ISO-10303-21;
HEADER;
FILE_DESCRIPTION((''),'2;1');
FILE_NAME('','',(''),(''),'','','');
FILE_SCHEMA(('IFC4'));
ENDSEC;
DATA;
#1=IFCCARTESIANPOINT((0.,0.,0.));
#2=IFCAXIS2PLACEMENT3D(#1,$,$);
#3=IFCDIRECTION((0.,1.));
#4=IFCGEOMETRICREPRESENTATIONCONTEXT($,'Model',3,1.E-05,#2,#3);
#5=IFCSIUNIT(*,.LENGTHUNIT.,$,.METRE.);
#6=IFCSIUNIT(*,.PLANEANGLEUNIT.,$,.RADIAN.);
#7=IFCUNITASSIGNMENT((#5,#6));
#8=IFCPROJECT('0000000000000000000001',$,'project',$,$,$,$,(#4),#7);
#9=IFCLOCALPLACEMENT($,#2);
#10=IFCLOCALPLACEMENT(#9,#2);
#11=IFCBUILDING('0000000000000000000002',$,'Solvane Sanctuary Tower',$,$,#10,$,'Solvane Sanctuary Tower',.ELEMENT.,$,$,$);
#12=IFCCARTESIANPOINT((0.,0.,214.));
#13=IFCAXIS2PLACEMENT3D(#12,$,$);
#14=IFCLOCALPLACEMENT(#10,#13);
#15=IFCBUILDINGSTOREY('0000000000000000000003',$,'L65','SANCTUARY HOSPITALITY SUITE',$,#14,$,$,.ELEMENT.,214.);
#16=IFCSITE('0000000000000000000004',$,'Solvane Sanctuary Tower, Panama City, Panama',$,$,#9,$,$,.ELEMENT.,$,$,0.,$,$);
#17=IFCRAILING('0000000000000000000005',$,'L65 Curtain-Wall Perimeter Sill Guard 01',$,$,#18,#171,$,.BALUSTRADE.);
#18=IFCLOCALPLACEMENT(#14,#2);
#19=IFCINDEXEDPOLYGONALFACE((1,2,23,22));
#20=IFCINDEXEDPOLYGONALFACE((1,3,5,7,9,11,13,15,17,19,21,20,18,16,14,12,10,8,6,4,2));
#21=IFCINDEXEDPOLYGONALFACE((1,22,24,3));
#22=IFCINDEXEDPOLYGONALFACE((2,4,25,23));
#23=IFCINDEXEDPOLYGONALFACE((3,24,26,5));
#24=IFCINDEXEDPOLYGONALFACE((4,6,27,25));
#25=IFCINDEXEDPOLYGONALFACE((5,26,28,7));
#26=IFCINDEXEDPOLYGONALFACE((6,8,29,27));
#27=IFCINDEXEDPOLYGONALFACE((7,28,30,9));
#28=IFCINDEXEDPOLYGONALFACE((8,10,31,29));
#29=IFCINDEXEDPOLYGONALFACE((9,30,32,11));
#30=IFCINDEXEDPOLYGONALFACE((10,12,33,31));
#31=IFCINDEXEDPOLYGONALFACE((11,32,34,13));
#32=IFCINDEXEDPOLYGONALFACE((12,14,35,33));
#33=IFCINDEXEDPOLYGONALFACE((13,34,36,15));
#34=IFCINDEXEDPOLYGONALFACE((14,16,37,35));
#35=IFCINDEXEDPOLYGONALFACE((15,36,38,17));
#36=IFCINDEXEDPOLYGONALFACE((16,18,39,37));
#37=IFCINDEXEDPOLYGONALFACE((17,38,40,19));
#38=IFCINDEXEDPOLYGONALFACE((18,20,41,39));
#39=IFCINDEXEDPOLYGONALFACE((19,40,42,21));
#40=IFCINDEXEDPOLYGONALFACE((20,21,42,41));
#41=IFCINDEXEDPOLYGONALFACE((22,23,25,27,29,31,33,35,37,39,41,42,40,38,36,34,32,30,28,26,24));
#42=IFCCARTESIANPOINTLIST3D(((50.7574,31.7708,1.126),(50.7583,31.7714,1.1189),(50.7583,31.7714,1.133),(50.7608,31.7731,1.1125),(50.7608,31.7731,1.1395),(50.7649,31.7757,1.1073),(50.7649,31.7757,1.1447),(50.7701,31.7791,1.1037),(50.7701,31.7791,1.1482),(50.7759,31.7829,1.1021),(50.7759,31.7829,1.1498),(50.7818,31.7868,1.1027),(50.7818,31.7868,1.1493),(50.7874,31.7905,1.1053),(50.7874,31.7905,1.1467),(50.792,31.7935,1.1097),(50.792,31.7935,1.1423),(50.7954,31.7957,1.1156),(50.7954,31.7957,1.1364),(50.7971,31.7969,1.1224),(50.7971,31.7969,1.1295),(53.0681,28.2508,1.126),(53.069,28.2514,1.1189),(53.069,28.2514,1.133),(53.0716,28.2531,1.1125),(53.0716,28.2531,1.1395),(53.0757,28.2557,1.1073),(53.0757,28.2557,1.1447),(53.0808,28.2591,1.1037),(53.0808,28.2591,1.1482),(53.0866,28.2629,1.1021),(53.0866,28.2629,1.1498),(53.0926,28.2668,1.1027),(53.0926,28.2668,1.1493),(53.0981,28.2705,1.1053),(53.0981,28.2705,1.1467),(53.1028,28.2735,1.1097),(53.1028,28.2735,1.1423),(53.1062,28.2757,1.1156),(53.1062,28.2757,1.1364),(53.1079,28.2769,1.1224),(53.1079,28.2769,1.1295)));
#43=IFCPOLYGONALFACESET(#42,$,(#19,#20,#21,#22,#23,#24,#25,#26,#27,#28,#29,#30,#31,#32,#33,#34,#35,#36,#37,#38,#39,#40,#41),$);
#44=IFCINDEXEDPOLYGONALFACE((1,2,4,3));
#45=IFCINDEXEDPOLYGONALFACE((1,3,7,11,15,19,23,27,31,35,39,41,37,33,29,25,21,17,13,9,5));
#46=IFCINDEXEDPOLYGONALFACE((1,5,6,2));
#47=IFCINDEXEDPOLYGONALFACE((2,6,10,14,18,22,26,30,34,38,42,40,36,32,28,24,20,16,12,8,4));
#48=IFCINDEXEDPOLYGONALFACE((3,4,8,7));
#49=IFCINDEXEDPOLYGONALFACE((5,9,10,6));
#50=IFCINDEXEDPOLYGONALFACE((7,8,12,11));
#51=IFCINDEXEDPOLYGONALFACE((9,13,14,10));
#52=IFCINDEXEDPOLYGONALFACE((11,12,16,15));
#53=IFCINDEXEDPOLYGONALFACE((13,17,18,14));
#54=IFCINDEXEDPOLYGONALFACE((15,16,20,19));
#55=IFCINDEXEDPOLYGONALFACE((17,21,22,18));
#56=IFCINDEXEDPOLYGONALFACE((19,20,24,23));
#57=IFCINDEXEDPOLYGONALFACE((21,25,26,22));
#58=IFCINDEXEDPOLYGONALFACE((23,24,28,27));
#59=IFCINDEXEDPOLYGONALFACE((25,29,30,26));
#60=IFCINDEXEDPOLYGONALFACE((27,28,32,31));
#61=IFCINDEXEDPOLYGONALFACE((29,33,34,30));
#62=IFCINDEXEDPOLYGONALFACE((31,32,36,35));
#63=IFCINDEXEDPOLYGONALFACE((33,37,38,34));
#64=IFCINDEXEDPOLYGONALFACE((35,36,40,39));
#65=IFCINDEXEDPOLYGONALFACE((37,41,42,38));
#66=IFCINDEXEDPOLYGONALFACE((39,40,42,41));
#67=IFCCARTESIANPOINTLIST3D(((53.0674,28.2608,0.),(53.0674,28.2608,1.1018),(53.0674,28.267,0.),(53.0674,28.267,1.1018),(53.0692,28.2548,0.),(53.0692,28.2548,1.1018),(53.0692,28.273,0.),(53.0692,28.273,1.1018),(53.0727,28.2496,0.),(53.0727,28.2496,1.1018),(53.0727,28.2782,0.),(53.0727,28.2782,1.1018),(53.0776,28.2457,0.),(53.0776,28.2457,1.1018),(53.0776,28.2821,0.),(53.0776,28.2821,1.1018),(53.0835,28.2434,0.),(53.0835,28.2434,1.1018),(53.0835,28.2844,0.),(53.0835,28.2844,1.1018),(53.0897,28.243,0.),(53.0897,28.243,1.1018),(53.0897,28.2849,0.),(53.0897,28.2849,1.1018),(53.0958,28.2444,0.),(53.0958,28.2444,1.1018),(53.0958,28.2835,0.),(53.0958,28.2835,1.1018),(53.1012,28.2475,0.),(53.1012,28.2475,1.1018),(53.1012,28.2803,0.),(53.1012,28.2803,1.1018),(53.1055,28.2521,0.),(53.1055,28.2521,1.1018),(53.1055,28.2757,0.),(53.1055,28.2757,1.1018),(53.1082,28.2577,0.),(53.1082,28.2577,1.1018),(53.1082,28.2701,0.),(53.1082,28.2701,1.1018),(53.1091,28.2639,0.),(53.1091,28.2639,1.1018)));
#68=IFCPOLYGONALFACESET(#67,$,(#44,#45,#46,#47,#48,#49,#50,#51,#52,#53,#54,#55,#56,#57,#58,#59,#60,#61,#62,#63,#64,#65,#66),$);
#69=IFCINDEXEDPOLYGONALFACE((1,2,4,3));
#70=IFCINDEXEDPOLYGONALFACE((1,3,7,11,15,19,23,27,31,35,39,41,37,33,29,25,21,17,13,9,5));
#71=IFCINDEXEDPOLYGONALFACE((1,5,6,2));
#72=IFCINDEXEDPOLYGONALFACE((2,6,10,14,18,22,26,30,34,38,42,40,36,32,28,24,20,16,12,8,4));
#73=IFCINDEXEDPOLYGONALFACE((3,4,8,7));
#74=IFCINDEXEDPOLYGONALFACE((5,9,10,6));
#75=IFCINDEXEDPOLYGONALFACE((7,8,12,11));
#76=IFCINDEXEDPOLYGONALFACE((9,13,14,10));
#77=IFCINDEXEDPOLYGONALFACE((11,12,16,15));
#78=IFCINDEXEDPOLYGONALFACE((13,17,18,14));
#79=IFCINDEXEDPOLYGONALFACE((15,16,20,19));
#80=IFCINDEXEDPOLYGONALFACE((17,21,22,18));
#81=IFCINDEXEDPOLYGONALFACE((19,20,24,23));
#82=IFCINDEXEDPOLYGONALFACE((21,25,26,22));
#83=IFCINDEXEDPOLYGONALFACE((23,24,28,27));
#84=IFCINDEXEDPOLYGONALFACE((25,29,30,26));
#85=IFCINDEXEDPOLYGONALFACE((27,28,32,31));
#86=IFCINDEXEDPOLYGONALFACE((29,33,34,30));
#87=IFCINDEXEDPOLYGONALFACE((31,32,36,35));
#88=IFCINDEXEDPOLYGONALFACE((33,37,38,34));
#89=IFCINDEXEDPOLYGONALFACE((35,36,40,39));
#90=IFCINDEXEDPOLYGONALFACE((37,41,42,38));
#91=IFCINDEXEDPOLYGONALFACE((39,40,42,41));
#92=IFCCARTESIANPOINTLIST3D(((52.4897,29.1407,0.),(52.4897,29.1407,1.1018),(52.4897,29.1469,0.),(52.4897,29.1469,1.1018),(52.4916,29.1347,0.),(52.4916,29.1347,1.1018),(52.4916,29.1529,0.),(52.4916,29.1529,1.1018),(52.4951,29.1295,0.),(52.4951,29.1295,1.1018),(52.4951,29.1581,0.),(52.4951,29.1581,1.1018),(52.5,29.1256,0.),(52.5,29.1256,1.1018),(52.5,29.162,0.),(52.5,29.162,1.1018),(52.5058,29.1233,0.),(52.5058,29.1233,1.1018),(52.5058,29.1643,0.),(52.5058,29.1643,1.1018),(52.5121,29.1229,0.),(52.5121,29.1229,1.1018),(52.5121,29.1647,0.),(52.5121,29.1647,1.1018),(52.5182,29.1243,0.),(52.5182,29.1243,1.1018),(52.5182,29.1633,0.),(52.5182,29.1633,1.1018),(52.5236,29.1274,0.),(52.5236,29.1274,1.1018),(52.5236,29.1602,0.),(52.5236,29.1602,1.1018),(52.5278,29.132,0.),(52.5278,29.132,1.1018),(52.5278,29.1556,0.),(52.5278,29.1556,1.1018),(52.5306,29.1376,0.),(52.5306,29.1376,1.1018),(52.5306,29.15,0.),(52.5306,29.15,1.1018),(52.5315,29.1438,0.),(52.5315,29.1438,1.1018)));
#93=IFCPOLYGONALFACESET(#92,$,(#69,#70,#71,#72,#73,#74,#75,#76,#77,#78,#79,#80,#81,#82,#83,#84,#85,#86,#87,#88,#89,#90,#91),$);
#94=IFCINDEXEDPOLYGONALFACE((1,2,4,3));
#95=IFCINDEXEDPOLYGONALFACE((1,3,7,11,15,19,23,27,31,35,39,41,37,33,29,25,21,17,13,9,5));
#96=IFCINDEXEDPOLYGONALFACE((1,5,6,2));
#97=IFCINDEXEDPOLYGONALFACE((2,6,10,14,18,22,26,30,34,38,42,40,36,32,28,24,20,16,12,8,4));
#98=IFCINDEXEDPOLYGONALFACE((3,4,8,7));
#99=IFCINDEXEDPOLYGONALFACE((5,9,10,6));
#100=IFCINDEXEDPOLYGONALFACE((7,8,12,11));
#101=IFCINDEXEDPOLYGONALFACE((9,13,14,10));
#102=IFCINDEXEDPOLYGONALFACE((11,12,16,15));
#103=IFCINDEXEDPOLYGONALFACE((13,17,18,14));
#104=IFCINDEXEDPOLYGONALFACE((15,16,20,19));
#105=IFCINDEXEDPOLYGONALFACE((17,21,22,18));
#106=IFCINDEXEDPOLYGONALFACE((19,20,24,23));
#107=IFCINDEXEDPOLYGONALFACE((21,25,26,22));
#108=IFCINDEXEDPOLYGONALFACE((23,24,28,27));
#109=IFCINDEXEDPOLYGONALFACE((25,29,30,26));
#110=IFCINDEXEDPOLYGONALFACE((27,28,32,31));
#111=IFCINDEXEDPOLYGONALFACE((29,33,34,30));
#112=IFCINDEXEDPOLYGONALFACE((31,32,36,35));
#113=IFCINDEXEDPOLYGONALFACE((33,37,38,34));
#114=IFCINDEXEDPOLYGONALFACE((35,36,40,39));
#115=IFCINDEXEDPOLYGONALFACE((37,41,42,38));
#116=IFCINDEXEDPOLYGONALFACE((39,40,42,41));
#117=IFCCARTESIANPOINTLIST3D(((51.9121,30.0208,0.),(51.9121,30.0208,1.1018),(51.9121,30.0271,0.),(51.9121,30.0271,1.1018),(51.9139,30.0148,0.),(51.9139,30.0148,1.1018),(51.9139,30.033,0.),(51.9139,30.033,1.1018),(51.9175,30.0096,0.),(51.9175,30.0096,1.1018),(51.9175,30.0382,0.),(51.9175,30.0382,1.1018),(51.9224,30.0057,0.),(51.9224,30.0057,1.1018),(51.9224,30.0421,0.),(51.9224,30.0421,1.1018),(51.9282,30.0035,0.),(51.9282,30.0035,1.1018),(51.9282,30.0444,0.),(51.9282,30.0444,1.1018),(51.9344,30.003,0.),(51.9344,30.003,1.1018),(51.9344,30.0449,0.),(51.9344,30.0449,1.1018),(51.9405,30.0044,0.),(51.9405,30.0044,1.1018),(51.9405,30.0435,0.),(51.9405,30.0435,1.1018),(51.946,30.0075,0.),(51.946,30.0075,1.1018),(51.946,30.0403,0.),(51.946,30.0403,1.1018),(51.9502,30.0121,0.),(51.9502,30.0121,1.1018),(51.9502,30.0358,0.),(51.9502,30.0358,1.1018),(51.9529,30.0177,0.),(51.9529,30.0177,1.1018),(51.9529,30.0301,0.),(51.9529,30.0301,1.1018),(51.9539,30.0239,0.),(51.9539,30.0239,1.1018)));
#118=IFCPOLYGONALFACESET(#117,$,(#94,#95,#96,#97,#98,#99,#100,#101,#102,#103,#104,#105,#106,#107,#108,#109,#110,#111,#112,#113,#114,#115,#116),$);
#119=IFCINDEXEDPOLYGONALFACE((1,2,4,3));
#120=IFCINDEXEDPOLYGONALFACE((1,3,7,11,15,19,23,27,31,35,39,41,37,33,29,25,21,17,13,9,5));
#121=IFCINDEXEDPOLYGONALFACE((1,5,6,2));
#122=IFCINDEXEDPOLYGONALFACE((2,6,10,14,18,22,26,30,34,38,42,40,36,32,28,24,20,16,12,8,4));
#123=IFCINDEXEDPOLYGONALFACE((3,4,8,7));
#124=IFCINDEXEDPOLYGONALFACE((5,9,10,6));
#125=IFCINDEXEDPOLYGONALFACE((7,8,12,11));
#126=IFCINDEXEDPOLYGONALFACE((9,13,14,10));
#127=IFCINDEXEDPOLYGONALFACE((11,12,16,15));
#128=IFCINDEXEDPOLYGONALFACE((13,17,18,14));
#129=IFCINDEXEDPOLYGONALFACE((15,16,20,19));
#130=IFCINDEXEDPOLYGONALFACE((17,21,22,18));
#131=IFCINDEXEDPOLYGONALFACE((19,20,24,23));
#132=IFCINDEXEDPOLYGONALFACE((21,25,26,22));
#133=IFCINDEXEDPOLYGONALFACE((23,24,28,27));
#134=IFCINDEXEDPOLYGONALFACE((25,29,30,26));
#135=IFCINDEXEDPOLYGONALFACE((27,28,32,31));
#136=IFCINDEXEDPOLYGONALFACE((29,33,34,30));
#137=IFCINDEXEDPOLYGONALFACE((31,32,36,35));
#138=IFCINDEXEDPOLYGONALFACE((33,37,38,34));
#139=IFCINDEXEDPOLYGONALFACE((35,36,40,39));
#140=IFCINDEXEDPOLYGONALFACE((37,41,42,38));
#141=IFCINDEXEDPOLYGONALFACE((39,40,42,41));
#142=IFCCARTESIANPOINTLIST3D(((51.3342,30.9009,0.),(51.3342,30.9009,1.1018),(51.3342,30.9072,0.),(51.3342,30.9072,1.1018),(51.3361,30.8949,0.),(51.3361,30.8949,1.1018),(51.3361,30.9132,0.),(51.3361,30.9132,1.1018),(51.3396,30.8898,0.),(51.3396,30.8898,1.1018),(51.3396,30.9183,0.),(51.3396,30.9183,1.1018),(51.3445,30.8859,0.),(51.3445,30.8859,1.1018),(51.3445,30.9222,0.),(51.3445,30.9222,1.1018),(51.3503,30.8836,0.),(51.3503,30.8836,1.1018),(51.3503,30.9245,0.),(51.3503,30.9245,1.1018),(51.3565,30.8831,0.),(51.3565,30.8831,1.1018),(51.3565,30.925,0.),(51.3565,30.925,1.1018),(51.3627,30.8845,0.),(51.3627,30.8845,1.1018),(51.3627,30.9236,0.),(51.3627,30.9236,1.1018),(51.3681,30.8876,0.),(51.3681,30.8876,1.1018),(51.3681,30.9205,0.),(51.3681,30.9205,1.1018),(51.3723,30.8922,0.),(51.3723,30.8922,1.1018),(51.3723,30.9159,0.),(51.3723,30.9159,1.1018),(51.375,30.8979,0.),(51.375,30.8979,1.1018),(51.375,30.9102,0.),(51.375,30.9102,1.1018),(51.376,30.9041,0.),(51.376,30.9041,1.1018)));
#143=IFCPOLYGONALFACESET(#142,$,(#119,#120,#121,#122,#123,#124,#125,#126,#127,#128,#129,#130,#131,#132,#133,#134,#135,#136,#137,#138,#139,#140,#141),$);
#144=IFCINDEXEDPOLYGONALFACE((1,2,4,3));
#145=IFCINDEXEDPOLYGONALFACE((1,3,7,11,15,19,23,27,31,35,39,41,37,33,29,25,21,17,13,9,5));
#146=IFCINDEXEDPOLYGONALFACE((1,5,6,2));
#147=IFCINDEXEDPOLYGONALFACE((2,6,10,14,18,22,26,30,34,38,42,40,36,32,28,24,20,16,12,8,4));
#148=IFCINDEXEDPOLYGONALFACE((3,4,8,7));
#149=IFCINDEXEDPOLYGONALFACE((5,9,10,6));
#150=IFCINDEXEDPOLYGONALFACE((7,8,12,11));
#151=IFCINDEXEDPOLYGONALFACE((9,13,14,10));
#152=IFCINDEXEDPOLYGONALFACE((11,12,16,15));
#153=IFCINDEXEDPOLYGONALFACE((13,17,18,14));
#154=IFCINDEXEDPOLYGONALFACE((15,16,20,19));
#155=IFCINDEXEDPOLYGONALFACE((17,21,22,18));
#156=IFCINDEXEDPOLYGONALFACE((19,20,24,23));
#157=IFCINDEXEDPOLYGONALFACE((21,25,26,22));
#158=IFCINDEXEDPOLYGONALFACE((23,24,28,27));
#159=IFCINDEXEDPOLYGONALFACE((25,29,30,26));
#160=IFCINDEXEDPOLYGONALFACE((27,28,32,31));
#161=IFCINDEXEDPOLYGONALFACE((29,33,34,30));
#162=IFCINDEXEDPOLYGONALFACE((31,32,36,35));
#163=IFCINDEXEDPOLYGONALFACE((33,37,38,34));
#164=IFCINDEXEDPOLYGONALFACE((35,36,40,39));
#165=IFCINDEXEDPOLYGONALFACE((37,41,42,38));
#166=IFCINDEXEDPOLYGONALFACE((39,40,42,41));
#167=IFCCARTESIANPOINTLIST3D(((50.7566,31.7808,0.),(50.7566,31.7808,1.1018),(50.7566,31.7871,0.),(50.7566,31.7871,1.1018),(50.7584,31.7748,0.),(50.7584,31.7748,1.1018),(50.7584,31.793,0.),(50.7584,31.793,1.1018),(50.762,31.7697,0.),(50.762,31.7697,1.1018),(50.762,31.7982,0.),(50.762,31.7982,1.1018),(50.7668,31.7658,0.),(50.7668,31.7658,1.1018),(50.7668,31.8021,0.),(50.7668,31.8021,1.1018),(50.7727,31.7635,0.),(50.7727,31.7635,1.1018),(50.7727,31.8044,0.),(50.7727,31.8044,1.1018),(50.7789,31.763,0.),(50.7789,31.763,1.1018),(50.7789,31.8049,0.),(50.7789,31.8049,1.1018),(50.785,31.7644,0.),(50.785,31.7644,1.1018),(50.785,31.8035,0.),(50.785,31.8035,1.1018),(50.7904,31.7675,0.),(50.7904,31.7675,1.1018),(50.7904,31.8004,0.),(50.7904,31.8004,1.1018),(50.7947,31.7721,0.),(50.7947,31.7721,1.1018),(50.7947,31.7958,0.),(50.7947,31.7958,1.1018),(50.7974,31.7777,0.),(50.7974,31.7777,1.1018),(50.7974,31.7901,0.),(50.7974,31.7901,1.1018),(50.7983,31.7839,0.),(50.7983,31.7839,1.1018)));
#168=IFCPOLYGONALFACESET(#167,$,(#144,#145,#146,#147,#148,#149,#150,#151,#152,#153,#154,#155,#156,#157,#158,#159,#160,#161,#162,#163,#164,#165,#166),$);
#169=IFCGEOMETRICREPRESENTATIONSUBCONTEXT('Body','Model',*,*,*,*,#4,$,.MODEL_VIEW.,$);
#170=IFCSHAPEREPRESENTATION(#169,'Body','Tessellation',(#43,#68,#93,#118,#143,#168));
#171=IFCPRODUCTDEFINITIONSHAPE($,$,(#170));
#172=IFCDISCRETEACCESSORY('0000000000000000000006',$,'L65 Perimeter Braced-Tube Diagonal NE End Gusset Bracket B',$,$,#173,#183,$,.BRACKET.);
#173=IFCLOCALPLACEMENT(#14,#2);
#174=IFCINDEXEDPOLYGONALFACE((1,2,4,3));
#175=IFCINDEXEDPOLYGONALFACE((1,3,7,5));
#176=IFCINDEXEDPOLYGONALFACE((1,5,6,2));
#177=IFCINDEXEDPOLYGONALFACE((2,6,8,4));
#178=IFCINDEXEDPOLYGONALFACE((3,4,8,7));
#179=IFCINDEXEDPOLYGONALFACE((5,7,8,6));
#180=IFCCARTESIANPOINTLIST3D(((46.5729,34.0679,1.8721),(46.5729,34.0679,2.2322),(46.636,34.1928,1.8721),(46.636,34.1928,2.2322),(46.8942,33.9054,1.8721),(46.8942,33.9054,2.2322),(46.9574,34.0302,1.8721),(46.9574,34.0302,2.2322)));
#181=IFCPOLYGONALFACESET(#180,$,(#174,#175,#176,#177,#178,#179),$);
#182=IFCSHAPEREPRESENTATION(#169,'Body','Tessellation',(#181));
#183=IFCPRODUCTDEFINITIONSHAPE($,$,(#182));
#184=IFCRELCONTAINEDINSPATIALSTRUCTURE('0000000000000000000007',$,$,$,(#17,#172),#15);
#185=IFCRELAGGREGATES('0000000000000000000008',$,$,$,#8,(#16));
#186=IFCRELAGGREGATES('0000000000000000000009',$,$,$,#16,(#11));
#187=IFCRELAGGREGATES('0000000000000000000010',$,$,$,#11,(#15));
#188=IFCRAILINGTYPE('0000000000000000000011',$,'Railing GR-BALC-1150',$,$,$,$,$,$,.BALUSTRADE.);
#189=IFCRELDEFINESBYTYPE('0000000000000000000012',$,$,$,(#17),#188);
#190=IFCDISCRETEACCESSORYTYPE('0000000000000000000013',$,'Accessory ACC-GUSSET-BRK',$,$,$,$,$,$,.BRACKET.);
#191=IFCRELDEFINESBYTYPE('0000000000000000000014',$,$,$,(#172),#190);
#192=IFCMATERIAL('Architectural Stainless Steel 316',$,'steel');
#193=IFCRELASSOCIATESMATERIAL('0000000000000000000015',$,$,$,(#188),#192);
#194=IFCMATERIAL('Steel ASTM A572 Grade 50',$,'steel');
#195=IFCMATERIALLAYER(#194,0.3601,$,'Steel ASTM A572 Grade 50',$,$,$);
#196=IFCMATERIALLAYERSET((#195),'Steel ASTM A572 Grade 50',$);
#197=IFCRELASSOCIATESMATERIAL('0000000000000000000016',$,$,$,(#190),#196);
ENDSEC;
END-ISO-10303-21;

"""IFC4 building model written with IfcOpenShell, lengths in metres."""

from ifc_helpers import new_model, si_unit, direction, frame, origin, origin_2d, place, context, subcontext, project, spatial, rectangle, circle, extrude, material, layer, layer_set, type_object, element, save


model = new_model("IFC4")

# Units and contexts
model_context = context("Model", 3, precision=1e-05, world=origin(), true_north=direction((0.0, 1.0)))
body_context = subcontext(model_context, "Body", "Model", "MODEL_VIEW")
ifc_project = project(units=[si_unit("LENGTHUNIT", "METRE"), si_unit("PLANEANGLEUNIT", "RADIAN")], contexts=[model_context])

# Site, building, storey
site_placement = place(None, origin())
site = spatial("IfcSite", under=ifc_project, at=site_placement, Name="Solvane Sanctuary Tower, Panama City, Panama", CompositionType="ELEMENT", RefElevation=0.0)
building_placement = place(site_placement, origin())
building = spatial("IfcBuilding", under=site, at=building_placement, Name="Solvane Sanctuary Tower", LongName="Solvane Sanctuary Tower", CompositionType="ELEMENT")
storey_placement = place(building_placement, frame((0.0, 0.0, 214.0)))
storey = spatial("IfcBuildingStorey", under=building, at=storey_placement, Name="L65", Description="SANCTUARY HOSPITALITY SUITE", CompositionType="ELEMENT", Elevation=214.0)

# Railing
ifc_material_1 = material(Name="Architectural Stainless Steel 316", Category="steel")
railing_type = type_object("IfcRailingType", Name="Railing GR-BALC-1150", PredefinedType="BALUSTRADE", material=ifc_material_1)
railing_1_placement = place(storey_placement, frame((53.0881, 28.2639, 0.0)))
element("IfcRailing", 1, at=railing_1_placement, inside=storey, type_object=railing_type, Name="L65 Curtain-Wall Perimeter Sill Guard 01", PredefinedType="BALUSTRADE", context=body_context, shape_type="SweptSolid", body=[
    extrude(circle(Radius=0.0239, at=origin_2d()), frame((0.0, 0.0, 1.126), z_axis=(-0.548786, 0.835963, 0.0), x_axis=(-0.835963, -0.548786, 0.0)), (0.0, 0.0, 1.0), 4.2107),
    extrude(circle(Radius=0.021, at=origin_2d()), origin(), (0.0, 0.0, 1.0), 1.1018),
    extrude(circle(Radius=0.021, at=origin_2d()), frame((-0.5776, 0.8799, 0.0)), (0.0, 0.0, 1.0), 1.1018),
    extrude(circle(Radius=0.021, at=origin_2d()), frame((-1.1553, 1.76, 0.0)), (0.0, 0.0, 1.0), 1.1018),
    extrude(circle(Radius=0.021, at=origin_2d()), frame((-1.7332, 2.6401, 0.0)), (0.0, 0.0, 1.0), 1.1018),
    extrude(circle(Radius=0.021, at=origin_2d()), frame((-2.3108, 3.52, 0.0)), (0.0, 0.0, 1.0), 1.1018),
])

# Discrete accessory
ifc_material_2 = material(Name="Steel ASTM A572 Grade 50", Category="steel")
ifc_layer_1 = layer(ifc_material_2, 0.3601, Name="Steel ASTM A572 Grade 50")
ifc_layer_set_1 = layer_set([ifc_layer_1], Name="Steel ASTM A572 Grade 50")
discrete_accessory_type = type_object("IfcDiscreteAccessoryType", Name="Accessory ACC-GUSSET-BRK", PredefinedType="BRACKET", material=ifc_layer_set_1)
discrete_accessory_placement = place(storey_placement, frame((46.7651, 34.0491, 1.8721), z_axis=(0.0, 0.0, 1.0), x_axis=(0.89235, -0.451345, 0.0)))
element("IfcDiscreteAccessory", 2, at=discrete_accessory_placement, inside=storey, type_object=discrete_accessory_type, Name="L65 Perimeter Braced-Tube Diagonal NE End Gusset Bracket B", PredefinedType="BRACKET", context=body_context, shape_type="SweptSolid", body=[
    extrude(rectangle(XDim=0.3601, YDim=0.1399, at=origin_2d()), origin(), (0.0, 0.0, 1.0), 0.3601),
])

save(model, "model.ifc")
